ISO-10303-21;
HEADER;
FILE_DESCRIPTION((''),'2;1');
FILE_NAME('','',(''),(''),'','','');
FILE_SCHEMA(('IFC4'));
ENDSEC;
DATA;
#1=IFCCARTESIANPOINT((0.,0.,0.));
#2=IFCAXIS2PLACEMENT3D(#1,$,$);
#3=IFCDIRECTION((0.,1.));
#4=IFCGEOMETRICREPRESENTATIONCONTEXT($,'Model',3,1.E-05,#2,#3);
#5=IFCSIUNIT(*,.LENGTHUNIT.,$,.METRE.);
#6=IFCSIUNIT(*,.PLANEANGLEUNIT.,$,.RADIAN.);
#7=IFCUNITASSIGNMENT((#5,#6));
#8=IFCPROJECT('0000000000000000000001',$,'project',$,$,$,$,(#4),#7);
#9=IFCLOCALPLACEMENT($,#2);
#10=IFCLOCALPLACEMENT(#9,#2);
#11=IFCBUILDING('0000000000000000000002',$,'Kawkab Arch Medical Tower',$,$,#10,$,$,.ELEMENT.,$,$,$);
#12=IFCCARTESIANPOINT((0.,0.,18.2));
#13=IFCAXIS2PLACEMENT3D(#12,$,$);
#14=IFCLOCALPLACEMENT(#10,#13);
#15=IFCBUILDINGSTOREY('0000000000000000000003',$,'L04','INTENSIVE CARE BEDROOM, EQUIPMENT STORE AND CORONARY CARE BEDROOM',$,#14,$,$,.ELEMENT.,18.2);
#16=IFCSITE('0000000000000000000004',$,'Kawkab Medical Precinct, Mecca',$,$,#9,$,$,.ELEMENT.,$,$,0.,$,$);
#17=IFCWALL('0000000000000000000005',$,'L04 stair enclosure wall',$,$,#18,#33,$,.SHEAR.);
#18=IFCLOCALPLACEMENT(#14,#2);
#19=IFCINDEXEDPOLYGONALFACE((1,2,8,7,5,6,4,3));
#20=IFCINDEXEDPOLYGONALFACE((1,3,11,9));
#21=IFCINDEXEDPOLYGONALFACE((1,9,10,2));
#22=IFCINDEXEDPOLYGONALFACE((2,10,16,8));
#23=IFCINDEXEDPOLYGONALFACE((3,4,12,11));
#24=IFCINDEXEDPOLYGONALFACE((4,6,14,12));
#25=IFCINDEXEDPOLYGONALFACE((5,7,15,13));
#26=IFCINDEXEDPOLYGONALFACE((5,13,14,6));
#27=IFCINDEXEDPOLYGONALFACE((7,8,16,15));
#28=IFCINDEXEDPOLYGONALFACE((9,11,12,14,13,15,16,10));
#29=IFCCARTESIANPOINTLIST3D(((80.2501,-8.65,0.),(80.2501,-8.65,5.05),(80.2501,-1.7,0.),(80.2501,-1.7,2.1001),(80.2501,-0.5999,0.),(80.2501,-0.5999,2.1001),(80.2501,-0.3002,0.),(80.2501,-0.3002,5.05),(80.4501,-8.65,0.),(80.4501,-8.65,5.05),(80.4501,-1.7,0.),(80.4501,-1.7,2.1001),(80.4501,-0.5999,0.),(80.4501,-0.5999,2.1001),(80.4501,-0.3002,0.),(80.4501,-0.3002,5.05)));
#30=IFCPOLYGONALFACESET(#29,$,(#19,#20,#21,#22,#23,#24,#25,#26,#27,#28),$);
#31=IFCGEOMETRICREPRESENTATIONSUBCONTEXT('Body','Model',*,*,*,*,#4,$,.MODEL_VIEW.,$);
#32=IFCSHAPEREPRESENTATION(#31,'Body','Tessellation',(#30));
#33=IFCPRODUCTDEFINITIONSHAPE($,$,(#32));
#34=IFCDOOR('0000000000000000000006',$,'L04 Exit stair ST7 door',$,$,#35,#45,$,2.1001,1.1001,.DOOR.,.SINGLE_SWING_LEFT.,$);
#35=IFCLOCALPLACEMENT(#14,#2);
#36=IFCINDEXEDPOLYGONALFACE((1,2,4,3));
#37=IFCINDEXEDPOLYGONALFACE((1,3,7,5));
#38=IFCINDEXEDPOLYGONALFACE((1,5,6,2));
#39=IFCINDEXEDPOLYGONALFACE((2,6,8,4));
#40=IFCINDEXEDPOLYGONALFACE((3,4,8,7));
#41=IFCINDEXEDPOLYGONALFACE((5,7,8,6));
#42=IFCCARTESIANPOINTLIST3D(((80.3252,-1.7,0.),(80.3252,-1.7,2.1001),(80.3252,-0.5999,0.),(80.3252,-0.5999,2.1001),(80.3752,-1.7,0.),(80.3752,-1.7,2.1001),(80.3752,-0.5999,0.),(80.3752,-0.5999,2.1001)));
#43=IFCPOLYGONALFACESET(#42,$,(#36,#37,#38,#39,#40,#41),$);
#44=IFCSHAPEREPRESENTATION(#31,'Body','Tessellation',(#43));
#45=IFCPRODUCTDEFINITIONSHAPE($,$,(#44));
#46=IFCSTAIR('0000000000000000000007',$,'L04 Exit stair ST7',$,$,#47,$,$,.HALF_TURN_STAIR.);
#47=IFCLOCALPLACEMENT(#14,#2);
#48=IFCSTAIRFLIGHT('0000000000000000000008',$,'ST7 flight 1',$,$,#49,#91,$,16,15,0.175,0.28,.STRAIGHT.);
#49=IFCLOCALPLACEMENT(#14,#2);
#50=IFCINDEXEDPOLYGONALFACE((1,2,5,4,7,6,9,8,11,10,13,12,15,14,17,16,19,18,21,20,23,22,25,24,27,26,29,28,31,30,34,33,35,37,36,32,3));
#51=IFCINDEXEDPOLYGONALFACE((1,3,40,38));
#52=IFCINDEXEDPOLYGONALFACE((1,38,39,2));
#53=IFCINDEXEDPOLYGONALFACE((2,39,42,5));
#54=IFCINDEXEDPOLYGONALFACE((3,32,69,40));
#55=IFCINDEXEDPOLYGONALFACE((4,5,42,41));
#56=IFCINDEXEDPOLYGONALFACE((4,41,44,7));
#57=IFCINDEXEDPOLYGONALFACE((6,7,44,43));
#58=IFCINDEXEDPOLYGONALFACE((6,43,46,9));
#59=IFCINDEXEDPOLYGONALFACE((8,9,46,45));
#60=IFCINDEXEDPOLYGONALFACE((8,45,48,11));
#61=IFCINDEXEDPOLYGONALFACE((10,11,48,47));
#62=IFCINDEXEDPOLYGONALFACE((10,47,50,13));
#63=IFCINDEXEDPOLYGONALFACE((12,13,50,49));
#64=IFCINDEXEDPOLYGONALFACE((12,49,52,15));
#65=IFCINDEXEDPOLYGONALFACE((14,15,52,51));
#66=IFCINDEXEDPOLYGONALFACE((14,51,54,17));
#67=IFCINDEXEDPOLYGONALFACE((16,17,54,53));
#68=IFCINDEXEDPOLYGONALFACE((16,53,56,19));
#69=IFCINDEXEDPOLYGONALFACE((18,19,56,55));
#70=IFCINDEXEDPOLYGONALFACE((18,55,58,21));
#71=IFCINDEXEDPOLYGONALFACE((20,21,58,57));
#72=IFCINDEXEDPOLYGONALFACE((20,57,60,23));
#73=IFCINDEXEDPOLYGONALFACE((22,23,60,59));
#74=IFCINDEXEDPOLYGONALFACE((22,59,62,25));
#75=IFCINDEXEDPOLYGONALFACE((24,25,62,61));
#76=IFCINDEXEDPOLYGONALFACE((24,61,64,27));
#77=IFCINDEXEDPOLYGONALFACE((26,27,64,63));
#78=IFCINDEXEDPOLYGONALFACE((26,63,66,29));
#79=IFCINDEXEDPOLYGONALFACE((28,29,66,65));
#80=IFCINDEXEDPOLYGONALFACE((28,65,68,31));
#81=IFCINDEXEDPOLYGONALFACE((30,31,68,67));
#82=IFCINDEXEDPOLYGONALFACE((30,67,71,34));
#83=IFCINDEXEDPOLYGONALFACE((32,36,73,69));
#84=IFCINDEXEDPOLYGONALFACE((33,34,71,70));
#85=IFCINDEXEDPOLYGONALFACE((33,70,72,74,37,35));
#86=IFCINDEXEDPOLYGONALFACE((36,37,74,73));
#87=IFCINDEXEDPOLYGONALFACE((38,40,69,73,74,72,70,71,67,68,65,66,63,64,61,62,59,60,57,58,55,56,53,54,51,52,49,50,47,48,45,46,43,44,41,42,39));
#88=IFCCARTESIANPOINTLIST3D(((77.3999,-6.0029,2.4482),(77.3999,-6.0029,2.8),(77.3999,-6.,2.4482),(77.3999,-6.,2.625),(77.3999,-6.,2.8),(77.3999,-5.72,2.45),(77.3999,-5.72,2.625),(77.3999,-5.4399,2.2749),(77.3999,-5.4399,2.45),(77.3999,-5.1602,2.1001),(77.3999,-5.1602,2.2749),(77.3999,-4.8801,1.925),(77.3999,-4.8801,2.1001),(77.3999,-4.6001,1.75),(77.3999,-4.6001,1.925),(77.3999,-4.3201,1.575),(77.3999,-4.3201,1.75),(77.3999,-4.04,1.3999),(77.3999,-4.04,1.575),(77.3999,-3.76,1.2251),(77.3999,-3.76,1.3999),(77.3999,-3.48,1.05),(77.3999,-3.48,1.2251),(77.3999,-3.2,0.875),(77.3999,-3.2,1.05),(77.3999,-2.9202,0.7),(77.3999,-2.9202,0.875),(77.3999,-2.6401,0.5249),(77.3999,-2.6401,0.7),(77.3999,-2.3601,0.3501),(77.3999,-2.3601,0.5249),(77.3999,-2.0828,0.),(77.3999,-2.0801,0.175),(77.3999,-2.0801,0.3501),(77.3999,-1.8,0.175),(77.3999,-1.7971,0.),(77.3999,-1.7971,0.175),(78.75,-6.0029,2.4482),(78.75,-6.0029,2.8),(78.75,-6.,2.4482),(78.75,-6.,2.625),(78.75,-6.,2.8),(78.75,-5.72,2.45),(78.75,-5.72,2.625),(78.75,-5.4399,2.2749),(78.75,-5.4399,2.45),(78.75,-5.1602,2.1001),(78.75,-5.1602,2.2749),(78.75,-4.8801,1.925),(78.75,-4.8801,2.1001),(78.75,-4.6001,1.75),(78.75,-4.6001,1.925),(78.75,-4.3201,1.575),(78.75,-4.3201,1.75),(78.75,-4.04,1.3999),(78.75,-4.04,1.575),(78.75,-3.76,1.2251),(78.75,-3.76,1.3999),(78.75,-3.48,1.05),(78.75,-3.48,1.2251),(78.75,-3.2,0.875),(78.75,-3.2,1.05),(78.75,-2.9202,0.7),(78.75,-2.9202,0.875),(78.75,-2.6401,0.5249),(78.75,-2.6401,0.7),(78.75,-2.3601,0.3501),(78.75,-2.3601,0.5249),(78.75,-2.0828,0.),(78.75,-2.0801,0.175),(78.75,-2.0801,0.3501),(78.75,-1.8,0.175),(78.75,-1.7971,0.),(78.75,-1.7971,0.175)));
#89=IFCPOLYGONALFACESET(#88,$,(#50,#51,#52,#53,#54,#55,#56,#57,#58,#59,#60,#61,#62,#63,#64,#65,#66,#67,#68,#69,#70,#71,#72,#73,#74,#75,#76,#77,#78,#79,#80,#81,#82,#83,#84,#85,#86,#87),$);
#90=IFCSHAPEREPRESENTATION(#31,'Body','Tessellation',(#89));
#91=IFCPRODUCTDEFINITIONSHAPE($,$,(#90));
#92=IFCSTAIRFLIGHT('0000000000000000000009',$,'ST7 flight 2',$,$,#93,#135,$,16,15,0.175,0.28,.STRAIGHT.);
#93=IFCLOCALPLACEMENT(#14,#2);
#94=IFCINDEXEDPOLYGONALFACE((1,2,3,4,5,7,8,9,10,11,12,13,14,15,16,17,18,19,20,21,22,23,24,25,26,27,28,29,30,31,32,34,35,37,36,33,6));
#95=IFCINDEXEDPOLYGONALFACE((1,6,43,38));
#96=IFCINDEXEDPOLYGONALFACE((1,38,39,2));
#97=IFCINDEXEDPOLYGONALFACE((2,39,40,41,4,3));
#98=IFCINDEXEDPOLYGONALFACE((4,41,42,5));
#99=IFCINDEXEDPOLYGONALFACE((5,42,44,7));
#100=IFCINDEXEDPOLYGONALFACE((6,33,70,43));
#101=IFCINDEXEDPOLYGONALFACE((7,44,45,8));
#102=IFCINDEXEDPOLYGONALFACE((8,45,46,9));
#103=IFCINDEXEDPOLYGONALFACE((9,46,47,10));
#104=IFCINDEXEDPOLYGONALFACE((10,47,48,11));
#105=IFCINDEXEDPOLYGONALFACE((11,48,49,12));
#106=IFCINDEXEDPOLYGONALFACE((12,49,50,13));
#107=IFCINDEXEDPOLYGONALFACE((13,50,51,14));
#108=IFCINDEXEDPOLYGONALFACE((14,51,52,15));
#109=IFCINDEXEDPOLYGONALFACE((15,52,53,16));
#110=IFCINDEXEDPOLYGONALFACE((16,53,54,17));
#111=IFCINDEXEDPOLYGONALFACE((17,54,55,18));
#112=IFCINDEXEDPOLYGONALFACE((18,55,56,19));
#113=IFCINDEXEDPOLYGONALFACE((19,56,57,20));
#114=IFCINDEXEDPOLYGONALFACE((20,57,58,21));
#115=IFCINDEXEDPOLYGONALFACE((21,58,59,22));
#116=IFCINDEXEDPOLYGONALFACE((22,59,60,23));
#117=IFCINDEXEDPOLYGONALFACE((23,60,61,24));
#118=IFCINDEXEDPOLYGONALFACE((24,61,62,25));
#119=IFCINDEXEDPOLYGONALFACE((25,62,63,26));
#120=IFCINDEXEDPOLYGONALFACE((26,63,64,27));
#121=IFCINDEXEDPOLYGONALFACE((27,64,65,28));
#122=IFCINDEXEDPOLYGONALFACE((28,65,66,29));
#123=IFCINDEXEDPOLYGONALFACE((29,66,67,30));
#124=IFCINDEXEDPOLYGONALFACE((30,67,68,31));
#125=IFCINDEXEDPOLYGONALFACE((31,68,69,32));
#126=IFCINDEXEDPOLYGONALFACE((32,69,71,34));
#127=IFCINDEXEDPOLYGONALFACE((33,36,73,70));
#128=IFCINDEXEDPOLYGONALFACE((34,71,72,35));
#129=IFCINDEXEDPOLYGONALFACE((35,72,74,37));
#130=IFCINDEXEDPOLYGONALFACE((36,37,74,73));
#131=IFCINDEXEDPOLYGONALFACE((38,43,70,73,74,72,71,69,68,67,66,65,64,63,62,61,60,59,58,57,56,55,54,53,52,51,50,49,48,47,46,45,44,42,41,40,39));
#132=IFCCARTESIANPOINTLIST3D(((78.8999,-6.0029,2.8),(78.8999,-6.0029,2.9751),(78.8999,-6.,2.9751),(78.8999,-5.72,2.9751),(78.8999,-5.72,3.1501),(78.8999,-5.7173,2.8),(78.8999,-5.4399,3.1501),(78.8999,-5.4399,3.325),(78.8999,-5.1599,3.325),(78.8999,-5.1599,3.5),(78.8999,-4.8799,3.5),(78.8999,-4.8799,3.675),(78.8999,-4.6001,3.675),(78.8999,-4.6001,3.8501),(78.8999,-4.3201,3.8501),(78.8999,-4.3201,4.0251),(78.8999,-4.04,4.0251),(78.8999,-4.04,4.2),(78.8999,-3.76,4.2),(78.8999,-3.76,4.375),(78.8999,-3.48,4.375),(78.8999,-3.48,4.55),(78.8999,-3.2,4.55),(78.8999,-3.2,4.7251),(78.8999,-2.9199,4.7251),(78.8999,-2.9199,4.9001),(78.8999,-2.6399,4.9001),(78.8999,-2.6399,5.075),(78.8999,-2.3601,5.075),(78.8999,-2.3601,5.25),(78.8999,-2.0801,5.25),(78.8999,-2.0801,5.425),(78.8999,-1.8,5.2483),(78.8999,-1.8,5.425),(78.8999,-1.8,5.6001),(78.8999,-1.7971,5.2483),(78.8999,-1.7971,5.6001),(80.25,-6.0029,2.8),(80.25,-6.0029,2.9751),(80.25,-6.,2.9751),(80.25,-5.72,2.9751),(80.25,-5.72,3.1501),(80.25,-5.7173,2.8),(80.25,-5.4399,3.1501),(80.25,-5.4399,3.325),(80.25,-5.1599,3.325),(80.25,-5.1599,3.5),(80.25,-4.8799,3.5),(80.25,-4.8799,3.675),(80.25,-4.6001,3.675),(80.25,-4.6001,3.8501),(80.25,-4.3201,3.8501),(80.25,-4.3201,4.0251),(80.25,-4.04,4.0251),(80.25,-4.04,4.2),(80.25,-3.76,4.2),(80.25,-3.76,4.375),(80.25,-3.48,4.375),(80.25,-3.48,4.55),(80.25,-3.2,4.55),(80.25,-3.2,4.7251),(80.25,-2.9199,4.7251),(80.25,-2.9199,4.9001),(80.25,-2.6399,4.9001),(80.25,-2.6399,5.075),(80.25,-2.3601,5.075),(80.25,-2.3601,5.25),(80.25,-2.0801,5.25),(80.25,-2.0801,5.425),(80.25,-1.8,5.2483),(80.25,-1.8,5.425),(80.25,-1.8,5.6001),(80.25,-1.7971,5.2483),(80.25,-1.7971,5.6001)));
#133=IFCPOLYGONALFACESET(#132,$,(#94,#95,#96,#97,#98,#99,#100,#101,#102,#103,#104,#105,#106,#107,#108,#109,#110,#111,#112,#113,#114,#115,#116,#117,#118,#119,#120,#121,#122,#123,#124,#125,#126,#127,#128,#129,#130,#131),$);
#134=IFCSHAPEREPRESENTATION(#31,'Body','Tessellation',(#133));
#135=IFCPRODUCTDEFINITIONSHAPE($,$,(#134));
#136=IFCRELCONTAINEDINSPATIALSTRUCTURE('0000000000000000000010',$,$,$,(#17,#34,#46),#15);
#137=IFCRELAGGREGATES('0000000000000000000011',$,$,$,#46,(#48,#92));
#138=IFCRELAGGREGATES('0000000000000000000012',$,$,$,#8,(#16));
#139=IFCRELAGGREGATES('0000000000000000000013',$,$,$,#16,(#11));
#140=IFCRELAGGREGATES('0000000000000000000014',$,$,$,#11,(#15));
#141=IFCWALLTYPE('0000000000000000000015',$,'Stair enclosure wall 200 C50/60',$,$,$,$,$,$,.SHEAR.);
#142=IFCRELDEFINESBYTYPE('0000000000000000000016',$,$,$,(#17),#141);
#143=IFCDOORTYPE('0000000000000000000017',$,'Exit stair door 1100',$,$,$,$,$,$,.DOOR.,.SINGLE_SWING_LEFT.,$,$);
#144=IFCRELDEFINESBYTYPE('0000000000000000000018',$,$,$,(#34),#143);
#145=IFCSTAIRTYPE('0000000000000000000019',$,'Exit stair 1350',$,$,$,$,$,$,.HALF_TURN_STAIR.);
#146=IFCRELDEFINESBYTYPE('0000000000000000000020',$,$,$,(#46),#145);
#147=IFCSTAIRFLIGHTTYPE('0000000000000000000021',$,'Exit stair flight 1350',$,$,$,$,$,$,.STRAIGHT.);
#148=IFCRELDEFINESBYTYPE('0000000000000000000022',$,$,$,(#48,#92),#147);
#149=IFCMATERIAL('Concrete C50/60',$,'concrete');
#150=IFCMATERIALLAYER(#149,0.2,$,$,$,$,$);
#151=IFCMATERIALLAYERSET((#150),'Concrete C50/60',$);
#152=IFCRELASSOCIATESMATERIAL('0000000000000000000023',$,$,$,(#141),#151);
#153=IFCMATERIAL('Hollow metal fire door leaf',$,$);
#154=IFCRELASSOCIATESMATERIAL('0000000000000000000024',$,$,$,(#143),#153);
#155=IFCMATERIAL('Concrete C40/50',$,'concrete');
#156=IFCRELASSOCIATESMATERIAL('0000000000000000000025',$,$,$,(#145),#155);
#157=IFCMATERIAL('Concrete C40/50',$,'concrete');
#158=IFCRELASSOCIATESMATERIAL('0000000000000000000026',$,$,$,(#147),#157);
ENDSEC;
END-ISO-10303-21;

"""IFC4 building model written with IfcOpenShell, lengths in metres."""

from ifc_helpers import new_model, si_unit, direction, frame, frame_2d, origin, place, context, subcontext, project, spatial, polyline, rectangle, outline, extrude, material, layer, layer_set, type_object, element, fill, aggregate, save


model = new_model("IFC4")

# Units and contexts
model_context = context("Model", 3, precision=1e-05, world=origin(), true_north=direction((0.0, 1.0)))
body_context = subcontext(model_context, "Body", "Model", "MODEL_VIEW")
ifc_project = project(units=[si_unit("LENGTHUNIT", "METRE"), si_unit("PLANEANGLEUNIT", "RADIAN")], contexts=[model_context])

# Site, building, storey
site_placement = place(None, origin())
site = spatial("IfcSite", under=ifc_project, at=site_placement, Name="Kawkab Medical Precinct, Mecca", CompositionType="ELEMENT", RefElevation=0.0)
building_placement = place(site_placement, origin())
building = spatial("IfcBuilding", under=site, at=building_placement, Name="Kawkab Arch Medical Tower", CompositionType="ELEMENT")
storey_placement = place(building_placement, frame((0.0, 0.0, 18.2)))
storey = spatial("IfcBuildingStorey", under=building, at=storey_placement, Name="L04", Description="INTENSIVE CARE BEDROOM, EQUIPMENT STORE AND CORONARY CARE BEDROOM", CompositionType="ELEMENT", Elevation=18.2)

# Shared definitions
ifc_material_1 = material(Name="Concrete C50/60", Category="concrete")
ifc_layer_1 = layer(ifc_material_1, 0.2)
ifc_layer_set_1 = layer_set([ifc_layer_1], Name="Concrete C50/60")
wall_type_1 = type_object("IfcWallType", Name="Stair enclosure wall 200 C50/60", PredefinedType="SHEAR", material=ifc_layer_set_1)

# Wall, opening, door
wall_1_placement = place(storey_placement, frame((80.3501, -8.6499, 0.0), z_axis=(0.0, 0.0, 1.0), x_axis=(0.0, 1.0, 0.0)))
wall_1 = element("IfcWall", 1, at=wall_1_placement, inside=storey, type_object=wall_type_1, Name="L04 stair enclosure wall", PredefinedType="SHEAR", context=body_context, shape_type="SweptSolid", body=[
    extrude(rectangle(XDim=8.3499, YDim=0.2, at=frame_2d((4.1748, 0.0))), origin(), (0.0, 0.0, 1.0), 5.05),
])
opening_1_placement = place(wall_1_placement, frame((6.95, 0.0, 0.0)))
opening_1 = element("IfcOpeningElement", 2, at=opening_1_placement, cuts=wall_1, PredefinedType="OPENING", context=body_context, shape_type="SweptSolid", body=[
    extrude(rectangle(XDim=1.1001, YDim=2.1001, at=frame_2d((0.55, 1.05))), frame((0.0, 0.1099, 0.0), z_axis=(0.0, -1.0, 0.0), x_axis=(1.0, 0.0, 0.0)), (0.0, 0.0, 1.0), 0.22),
])
ifc_material_2 = material(Name="Hollow metal fire door leaf")
door_type_1 = type_object("IfcDoorType", Name="Exit stair door 1100", OperationType="SINGLE_SWING_LEFT", PredefinedType="DOOR", material=ifc_material_2)
door_1_placement = place(opening_1_placement, origin())
door_1 = element("IfcDoor", 3, at=door_1_placement, inside=storey, type_object=door_type_1, Name="L04 Exit stair ST7 door", OperationType="SINGLE_SWING_LEFT", OverallHeight=2.1001, OverallWidth=1.1001, PredefinedType="DOOR", context=body_context, shape_type="SweptSolid", body=[
    extrude(rectangle(XDim=1.1001, YDim=2.1001, at=frame_2d((0.55, 1.05))), frame((0.0, 0.0249, 0.0), z_axis=(0.0, -1.0, 0.0), x_axis=(1.0, 0.0, 0.0)), (0.0, 0.0, 1.0), 0.05),
])
fill(opening_1, door_1)

# Stair, stair flights
ifc_material_3 = material(Name="Concrete C40/50", Category="concrete")
stair_type = type_object("IfcStairType", Name="Exit stair 1350", PredefinedType="HALF_TURN_STAIR", material=ifc_material_3)
stair_placement = place(storey_placement, origin())
stair = element("IfcStair", 4, at=stair_placement, inside=storey, type_object=stair_type, Name="L04 Exit stair ST7", PredefinedType="HALF_TURN_STAIR")
ifc_material_4 = material(Name="Concrete C40/50", Category="concrete")
stair_flight_type = type_object("IfcStairFlightType", Name="Exit stair flight 1350", PredefinedType="STRAIGHT", material=ifc_material_4)
stair_flight_1_placement = place(storey_placement, frame((78.075, -1.8, 0.0), z_axis=(0.0, 0.0, 1.0), x_axis=(0.0, -1.0, 0.0)))
stair_flight_1 = element("IfcStairFlight", 5, at=stair_flight_1_placement, type_object=stair_flight_type, Name="ST7 flight 1", NumberOfRisers=16, NumberOfTreads=15, PredefinedType="STRAIGHT", RiserHeight=0.175, TreadLength=0.28, context=body_context, shape_type="SweptSolid", body=[
    extrude(outline(polyline([(-0.0029, 0.0), (-0.0029, 0.175), (0.0, 0.175), (0.28, 0.175), (0.28, 0.3501), (0.5601, 0.3501), (0.5601, 0.5249), (0.8401, 0.5249), (0.8401, 0.7), (1.1201, 0.7), (1.1201, 0.875), (1.3999, 0.875), (1.3999, 1.05), (1.6799, 1.05), (1.6799, 1.2251), (1.96, 1.2251), (1.96, 1.3999), (2.24, 1.3999), (2.24, 1.575), (2.52, 1.575), (2.52, 1.75), (2.8, 1.75), (2.8, 1.925), (3.0801, 1.925), (3.0801, 2.1001), (3.3601, 2.1001), (3.3601, 2.2749), (3.6399, 2.2749), (3.6399, 2.45), (3.9199, 2.45), (3.9199, 2.625), (4.2, 2.625), (4.2, 2.8), (4.2029, 2.8), (4.2029, 2.4482), (4.2, 2.4482), (0.2827, 0.0), (-0.0029, 0.0)])), frame((0.0, 0.675, 0.0), z_axis=(0.0, -1.0, 0.0), x_axis=(1.0, 0.0, 0.0)), (0.0, 0.0, 1.0), 1.3501),
])
stair_flight_2_placement = place(storey_placement, frame((79.575, -6.0, 2.8), z_axis=(0.0, 0.0, 1.0), x_axis=(0.0, 1.0, 0.0)))
stair_flight_2 = element("IfcStairFlight", 6, at=stair_flight_2_placement, type_object=stair_flight_type, Name="ST7 flight 2", NumberOfRisers=16, NumberOfTreads=15, PredefinedType="STRAIGHT", RiserHeight=0.175, TreadLength=0.28, context=body_context, shape_type="SweptSolid", body=[
    extrude(outline(polyline([(-0.0029, 0.0), (-0.0029, 0.175), (0.0, 0.175), (0.28, 0.175), (0.28, 0.3501), (0.5601, 0.3501), (0.5601, 0.5249), (0.8401, 0.5249), (0.8401, 0.7), (1.1201, 0.7), (1.1201, 0.875), (1.3999, 0.875), (1.3999, 1.05), (1.6799, 1.05), (1.6799, 1.2251), (1.96, 1.2251), (1.96, 1.3999), (2.24, 1.3999), (2.24, 1.575), (2.52, 1.575), (2.52, 1.75), (2.8, 1.75), (2.8, 1.925), (3.0801, 1.925), (3.0801, 2.1001), (3.3601, 2.1001), (3.3601, 2.2749), (3.6399, 2.2749), (3.6399, 2.45), (3.9199, 2.45), (3.9199, 2.625), (4.2, 2.625), (4.2, 2.8), (4.2029, 2.8), (4.2029, 2.4482), (4.2, 2.4482), (0.2827, 0.0), (-0.0029, 0.0)])), frame((0.0, 0.675, 0.0), z_axis=(0.0, -1.0, 0.0), x_axis=(1.0, 0.0, 0.0)), (0.0, 0.0, 1.0), 1.3501),
])
aggregate(stair, [stair_flight_1, stair_flight_2])

save(model, "model.ifc")
